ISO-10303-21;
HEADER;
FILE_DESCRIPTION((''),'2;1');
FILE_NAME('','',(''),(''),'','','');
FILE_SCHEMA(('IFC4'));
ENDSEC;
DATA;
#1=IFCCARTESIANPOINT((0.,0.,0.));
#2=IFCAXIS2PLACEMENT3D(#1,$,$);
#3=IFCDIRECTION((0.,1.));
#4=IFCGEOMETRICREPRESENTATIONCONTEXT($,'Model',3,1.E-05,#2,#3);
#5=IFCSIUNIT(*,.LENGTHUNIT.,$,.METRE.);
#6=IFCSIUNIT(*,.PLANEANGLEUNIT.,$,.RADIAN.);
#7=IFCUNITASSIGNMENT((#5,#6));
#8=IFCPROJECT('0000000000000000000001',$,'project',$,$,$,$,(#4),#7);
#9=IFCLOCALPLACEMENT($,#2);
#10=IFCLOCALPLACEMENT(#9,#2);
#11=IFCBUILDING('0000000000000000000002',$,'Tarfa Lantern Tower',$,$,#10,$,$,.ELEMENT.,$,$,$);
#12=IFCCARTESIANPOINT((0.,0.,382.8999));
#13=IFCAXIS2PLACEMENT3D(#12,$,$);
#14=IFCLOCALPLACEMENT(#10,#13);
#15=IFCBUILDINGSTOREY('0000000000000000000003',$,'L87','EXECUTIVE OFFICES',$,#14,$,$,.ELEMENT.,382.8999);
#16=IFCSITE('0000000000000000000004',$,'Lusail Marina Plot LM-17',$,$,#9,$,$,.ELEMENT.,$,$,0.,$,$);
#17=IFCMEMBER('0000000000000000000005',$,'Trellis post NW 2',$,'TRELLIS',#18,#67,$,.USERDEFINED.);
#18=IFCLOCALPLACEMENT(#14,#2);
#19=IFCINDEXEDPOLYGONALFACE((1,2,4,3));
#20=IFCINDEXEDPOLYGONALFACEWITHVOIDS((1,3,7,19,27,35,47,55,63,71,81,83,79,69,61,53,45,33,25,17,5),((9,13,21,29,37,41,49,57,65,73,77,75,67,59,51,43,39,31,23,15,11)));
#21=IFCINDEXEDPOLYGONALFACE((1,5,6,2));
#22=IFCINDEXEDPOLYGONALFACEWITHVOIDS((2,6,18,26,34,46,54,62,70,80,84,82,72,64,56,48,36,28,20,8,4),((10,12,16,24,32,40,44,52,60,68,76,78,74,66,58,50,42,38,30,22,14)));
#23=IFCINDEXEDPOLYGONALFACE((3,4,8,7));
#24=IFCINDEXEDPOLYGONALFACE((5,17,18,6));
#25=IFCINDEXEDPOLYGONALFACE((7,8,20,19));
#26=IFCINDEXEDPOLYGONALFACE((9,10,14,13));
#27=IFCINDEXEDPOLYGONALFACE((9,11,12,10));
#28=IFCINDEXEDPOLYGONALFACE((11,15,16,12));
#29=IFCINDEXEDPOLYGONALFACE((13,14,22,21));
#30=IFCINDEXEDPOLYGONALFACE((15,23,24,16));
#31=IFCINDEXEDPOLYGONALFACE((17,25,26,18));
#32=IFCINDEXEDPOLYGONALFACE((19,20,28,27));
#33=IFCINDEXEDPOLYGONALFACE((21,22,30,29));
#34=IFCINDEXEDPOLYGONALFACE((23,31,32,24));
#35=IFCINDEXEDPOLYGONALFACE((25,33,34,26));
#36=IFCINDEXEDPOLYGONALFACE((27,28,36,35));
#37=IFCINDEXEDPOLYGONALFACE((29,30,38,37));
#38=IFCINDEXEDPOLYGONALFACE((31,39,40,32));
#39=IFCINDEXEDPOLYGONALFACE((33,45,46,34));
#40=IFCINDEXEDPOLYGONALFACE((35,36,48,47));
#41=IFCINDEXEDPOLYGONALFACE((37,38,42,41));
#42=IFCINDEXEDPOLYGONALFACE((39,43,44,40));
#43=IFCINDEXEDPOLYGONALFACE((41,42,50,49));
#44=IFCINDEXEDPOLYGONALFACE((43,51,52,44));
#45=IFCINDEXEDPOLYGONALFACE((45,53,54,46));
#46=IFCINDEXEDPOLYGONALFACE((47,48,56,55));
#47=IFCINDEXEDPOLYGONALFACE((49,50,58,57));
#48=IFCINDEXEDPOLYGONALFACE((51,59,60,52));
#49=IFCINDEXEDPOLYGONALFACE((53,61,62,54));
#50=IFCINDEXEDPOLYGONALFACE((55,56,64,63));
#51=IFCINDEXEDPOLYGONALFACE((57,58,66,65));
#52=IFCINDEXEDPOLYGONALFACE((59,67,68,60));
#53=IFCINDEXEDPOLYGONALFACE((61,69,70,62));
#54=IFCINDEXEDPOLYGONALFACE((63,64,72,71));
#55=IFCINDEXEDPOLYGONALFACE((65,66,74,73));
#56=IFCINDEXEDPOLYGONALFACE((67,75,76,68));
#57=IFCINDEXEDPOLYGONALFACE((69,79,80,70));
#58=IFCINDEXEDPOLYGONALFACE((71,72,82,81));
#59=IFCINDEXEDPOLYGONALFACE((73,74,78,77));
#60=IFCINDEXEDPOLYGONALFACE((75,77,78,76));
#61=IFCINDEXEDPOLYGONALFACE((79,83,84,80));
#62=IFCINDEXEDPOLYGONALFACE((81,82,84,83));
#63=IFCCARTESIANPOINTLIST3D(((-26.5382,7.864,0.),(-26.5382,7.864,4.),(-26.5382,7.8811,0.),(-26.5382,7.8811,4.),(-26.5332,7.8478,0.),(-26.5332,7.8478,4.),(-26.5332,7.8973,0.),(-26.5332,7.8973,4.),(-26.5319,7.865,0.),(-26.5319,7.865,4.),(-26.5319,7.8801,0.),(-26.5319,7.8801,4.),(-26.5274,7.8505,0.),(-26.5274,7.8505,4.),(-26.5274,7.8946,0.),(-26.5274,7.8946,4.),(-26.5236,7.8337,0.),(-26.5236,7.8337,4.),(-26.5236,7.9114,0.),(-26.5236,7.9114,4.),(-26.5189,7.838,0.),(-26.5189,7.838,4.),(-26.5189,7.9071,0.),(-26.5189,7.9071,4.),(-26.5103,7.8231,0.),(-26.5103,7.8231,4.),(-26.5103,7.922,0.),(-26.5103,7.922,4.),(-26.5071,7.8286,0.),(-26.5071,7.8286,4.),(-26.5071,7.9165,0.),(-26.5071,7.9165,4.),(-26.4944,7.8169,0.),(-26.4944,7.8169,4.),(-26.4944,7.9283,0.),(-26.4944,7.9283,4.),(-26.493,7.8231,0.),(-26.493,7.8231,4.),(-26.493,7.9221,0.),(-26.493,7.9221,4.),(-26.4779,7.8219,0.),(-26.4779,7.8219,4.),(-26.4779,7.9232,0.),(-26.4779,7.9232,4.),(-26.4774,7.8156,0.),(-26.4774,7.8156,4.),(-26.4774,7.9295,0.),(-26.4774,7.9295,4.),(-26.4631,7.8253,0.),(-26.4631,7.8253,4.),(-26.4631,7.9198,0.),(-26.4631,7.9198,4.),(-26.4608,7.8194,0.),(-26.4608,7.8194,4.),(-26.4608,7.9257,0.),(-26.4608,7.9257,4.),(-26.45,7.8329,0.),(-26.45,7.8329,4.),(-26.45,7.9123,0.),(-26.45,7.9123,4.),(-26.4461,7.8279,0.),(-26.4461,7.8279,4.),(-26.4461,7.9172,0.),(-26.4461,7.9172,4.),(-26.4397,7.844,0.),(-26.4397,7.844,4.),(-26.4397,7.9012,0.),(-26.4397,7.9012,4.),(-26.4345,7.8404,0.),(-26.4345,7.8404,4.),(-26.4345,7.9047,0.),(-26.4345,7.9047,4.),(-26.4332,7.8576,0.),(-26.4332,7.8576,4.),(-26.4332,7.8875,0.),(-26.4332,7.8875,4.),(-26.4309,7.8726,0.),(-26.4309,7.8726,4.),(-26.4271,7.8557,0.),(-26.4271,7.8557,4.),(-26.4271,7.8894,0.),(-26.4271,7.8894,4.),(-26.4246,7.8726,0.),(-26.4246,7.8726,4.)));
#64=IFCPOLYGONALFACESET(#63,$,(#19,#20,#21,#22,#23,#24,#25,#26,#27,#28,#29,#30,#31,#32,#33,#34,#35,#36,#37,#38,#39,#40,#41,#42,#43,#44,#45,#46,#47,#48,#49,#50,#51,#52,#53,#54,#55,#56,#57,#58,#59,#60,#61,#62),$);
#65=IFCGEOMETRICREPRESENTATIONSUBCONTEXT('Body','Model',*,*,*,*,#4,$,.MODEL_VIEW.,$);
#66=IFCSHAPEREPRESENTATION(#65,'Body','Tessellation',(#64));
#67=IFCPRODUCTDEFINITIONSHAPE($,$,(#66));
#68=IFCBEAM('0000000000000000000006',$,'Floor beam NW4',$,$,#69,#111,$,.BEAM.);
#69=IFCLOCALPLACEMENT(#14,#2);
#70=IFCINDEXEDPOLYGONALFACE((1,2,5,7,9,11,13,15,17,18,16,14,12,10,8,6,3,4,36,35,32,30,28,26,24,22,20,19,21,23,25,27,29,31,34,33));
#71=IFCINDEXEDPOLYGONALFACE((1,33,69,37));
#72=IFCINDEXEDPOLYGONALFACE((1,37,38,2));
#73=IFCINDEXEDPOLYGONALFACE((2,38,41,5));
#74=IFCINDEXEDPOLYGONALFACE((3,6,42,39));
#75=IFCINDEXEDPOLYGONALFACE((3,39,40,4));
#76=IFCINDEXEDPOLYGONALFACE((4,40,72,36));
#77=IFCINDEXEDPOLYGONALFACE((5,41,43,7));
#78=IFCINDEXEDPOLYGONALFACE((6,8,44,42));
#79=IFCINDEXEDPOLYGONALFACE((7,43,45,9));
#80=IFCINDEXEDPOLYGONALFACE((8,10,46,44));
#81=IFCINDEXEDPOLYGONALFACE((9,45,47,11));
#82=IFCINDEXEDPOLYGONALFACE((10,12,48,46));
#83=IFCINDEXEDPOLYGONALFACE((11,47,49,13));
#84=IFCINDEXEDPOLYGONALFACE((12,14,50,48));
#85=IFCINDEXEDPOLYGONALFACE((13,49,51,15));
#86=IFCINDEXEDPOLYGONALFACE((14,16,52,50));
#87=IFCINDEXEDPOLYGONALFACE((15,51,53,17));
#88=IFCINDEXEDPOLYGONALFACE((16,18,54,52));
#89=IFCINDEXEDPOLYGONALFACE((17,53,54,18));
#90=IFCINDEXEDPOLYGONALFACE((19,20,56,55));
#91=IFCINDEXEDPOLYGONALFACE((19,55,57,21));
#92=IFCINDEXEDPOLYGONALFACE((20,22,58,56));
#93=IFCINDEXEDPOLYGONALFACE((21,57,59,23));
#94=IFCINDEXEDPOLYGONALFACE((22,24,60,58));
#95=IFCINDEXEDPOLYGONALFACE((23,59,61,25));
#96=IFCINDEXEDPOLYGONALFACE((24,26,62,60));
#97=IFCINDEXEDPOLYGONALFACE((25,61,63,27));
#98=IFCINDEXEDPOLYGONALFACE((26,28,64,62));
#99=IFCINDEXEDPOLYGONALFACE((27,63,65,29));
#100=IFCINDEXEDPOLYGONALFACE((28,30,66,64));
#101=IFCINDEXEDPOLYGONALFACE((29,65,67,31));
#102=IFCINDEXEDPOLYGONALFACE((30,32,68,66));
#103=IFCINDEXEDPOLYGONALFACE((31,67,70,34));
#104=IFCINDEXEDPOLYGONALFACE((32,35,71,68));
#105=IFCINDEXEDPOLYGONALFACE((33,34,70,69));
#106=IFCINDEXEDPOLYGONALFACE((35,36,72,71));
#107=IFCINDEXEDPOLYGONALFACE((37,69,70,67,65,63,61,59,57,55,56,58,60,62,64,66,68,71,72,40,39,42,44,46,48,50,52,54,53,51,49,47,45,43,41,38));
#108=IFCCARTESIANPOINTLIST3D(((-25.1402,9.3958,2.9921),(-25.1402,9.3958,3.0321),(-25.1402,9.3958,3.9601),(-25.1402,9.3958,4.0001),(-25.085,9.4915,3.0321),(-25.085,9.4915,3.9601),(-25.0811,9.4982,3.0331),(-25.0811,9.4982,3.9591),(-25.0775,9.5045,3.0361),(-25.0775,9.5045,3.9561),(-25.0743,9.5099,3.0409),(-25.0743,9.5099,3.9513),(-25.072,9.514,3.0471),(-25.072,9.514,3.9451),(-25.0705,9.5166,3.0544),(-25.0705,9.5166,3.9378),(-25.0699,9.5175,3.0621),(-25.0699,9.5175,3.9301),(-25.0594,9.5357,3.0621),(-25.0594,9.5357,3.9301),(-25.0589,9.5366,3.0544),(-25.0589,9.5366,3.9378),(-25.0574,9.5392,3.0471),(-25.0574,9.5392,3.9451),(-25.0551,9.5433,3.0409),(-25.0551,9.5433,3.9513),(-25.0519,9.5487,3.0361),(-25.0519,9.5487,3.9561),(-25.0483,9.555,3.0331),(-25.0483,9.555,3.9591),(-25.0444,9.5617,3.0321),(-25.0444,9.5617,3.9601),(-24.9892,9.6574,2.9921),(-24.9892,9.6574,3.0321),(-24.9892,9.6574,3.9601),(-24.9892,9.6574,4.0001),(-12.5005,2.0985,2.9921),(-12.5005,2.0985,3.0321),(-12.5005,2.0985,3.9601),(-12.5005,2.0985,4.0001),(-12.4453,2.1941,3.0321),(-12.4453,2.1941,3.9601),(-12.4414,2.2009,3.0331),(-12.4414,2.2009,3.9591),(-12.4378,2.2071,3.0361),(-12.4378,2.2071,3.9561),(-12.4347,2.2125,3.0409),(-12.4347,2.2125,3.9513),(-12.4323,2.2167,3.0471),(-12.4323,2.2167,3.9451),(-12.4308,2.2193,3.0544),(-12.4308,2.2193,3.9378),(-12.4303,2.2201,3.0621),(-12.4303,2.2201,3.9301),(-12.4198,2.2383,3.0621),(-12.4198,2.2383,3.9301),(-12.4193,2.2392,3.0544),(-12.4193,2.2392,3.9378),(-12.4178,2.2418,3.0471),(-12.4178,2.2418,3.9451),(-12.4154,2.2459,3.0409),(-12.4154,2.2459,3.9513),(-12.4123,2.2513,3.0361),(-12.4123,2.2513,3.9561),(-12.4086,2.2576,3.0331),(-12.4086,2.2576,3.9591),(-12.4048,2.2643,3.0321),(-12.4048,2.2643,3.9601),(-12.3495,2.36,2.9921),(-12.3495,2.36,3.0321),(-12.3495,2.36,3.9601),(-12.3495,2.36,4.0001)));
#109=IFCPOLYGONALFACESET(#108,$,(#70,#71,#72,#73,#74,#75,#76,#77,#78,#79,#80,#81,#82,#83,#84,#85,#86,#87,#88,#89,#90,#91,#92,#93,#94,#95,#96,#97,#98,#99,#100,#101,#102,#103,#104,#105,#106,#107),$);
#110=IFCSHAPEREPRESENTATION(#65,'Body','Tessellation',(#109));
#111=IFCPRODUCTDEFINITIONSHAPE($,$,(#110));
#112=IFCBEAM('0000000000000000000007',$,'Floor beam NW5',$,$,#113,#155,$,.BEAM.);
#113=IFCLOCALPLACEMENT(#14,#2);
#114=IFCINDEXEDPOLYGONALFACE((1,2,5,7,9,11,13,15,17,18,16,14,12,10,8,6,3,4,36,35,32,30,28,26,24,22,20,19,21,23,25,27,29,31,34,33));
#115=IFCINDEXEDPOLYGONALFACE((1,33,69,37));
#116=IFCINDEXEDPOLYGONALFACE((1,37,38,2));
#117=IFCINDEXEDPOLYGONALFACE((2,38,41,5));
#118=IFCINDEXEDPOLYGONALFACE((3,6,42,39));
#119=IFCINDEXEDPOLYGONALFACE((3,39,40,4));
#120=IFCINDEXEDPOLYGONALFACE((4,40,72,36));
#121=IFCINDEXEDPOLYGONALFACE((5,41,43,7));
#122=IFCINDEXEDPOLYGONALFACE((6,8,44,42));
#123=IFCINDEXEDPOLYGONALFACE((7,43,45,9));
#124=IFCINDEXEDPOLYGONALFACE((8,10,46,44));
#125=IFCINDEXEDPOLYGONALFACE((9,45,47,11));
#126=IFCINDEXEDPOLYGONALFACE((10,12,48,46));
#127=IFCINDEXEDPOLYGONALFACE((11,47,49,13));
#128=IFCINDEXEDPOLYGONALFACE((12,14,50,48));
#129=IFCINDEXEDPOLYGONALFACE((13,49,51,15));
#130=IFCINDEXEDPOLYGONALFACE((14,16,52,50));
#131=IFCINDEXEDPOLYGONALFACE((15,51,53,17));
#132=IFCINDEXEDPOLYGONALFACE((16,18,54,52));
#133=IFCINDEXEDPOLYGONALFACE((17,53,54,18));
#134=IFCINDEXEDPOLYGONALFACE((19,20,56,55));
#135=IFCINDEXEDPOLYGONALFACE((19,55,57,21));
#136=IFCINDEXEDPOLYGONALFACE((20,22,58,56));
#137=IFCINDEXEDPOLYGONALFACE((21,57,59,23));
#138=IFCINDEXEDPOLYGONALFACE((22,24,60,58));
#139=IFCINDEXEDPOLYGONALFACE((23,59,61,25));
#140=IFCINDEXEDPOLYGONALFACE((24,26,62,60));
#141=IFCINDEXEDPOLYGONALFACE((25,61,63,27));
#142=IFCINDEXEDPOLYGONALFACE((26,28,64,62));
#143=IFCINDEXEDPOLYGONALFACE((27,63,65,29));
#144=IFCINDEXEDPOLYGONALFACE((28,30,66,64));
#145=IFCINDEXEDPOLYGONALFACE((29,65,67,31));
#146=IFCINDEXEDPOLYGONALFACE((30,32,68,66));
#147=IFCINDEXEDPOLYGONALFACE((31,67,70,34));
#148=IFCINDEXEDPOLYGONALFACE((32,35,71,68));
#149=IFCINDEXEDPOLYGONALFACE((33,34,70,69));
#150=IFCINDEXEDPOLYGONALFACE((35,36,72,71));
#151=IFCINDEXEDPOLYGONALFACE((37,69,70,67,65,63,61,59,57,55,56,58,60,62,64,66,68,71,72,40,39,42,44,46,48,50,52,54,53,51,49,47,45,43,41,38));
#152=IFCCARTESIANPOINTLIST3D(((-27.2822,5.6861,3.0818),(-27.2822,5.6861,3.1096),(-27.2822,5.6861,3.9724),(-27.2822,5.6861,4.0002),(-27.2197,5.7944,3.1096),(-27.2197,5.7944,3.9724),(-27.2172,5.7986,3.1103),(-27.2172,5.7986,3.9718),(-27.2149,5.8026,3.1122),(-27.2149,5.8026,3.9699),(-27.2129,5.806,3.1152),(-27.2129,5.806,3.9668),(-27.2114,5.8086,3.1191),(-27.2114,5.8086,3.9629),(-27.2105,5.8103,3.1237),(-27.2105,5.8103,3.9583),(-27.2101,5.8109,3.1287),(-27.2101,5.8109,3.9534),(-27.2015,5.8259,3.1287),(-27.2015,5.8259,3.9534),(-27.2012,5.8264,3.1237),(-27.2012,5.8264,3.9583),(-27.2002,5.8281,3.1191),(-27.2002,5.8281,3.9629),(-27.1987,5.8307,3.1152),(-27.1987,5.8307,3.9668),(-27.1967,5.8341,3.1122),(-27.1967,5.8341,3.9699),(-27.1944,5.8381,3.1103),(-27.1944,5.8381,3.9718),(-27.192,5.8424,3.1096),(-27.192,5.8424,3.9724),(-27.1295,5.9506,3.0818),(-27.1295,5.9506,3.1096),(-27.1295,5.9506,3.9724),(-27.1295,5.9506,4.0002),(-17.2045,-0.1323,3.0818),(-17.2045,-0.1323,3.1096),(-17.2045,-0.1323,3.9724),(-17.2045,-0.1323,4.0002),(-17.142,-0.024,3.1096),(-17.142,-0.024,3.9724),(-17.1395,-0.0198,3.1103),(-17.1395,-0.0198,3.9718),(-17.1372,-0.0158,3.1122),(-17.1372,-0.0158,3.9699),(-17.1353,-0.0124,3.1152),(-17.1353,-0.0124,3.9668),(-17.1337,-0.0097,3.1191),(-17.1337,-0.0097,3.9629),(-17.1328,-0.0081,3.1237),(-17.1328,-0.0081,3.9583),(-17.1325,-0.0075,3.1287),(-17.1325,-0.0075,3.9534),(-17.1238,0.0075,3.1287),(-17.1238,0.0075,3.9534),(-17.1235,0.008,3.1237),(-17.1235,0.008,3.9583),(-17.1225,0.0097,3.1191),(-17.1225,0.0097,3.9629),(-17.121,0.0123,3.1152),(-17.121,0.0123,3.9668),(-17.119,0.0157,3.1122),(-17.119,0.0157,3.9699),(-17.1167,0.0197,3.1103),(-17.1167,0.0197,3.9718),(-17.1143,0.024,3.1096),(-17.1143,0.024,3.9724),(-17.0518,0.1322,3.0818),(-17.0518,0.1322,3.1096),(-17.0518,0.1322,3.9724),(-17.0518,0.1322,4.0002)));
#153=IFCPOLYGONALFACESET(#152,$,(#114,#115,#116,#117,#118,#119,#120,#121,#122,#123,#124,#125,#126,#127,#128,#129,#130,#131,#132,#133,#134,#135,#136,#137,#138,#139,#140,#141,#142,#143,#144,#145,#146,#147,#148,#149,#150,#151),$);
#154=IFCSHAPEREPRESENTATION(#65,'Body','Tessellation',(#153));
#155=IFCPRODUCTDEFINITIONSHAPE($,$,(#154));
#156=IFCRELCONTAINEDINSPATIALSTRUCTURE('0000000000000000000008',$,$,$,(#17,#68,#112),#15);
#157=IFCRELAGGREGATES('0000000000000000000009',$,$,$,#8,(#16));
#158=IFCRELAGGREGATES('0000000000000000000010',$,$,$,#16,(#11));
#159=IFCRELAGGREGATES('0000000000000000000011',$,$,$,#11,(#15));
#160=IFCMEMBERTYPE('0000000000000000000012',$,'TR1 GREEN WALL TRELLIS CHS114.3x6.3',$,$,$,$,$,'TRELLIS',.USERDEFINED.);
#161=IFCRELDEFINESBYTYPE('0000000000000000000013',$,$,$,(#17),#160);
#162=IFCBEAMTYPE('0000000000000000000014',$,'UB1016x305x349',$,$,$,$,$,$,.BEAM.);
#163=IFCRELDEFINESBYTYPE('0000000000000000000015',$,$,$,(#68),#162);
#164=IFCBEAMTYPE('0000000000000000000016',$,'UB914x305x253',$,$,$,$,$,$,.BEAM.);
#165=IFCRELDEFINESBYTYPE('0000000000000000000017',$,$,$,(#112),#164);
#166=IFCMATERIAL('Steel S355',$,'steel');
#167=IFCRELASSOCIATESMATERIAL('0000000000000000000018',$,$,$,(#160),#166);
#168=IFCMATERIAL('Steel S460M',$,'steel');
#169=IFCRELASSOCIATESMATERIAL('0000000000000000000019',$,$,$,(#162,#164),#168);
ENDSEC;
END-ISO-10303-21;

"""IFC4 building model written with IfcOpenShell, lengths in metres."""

from ifc_helpers import new_model, si_unit, direction, frame, origin, origin_2d, place, context, subcontext, project, spatial, hollow_circle, i_section, extrude, material, material_profile, profile_set, type_object, element, save


model = new_model("IFC4")

# Units and contexts
model_context = context("Model", 3, precision=1e-05, world=origin(), true_north=direction((0.0, 1.0)))
body_context = subcontext(model_context, "Body", "Model", "MODEL_VIEW")
ifc_project = project(units=[si_unit("LENGTHUNIT", "METRE"), si_unit("PLANEANGLEUNIT", "RADIAN")], contexts=[model_context])

# Site, building, storey
site_placement = place(None, origin())
site = spatial("IfcSite", under=ifc_project, at=site_placement, Name="Lusail Marina Plot LM-17", CompositionType="ELEMENT", RefElevation=0.0)
building_placement = place(site_placement, origin())
building = spatial("IfcBuilding", under=site, at=building_placement, Name="Tarfa Lantern Tower", CompositionType="ELEMENT")
storey_placement = place(building_placement, frame((0.0, 0.0, 382.8999)))
storey = spatial("IfcBuildingStorey", under=building, at=storey_placement, Name="L87", Description="EXECUTIVE OFFICES", CompositionType="ELEMENT", Elevation=382.8999)

# Member
ifc_material_1 = material(Name="Steel S355", Category="steel")
ifc_material_profile_1 = material_profile(ifc_material_1, hollow_circle(Radius=0.0571, WallThickness=0.0063, at=origin_2d()), Name="CHS114.3x6.3")
ifc_profile_set_1 = profile_set([ifc_material_profile_1], Name="Steel S355")
member_type_1 = type_object("IfcMemberType", Name="TR1 GREEN WALL TRELLIS CHS114.3x6.3", ElementType="TRELLIS", PredefinedType="USERDEFINED", material=ifc_profile_set_1)
member_1_placement = place(storey_placement, frame((-26.4817, 7.8726, 0.0), z_axis=(0.0, 0.0, 1.0), x_axis=(1.0, 0.0, 0.0)))
element("IfcMember", 1, at=member_1_placement, inside=storey, type_object=member_type_1, Name="Trellis post NW 2", ObjectType="TRELLIS", PredefinedType="USERDEFINED", context=body_context, shape_type="SweptSolid", body=[
    extrude(hollow_circle(Radius=0.0571, WallThickness=0.0063, at=origin_2d()), origin(), (0.0, 0.0, 1.0), 4.0),
])

# Beams
ifc_material_2 = material(Name="Steel S460M", Category="steel")
ifc_material_profile_2 = material_profile(ifc_material_2, i_section(OverallWidth=0.302, OverallDepth=1.0081, WebThickness=0.021, FlangeThickness=0.04, FilletRadius=0.03, at=origin_2d()), Name="UB1016x305x349")
ifc_profile_set_2 = profile_set([ifc_material_profile_2], Name="Steel S460M")
beam_type_1 = type_object("IfcBeamType", Name="UB1016x305x349", PredefinedType="BEAM", material=ifc_profile_set_2)
beam_1_placement = place(storey_placement, frame((-25.0647, 9.5266, 3.4961), z_axis=(0.86603, -0.499993, 0.0), x_axis=(0.499993, 0.86603, 0.0)))
element("IfcBeam", 2, at=beam_1_placement, inside=storey, type_object=beam_type_1, Name="Floor beam NW4", PredefinedType="BEAM", context=body_context, shape_type="SweptSolid", body=[
    extrude(i_section(OverallWidth=0.302, OverallDepth=1.0081, WebThickness=0.021, FlangeThickness=0.04, FilletRadius=0.03, at=origin_2d()), origin(), (0.0, 0.0, 1.0), 14.595),
])
ifc_material_profile_3 = material_profile(ifc_material_2, i_section(OverallWidth=0.3054, OverallDepth=0.9185, WebThickness=0.0173, FlangeThickness=0.0278, FilletRadius=0.019, at=origin_2d()), Name="UB914x305x253")
ifc_profile_set_3 = profile_set([ifc_material_profile_3], Name="Steel S460M")
beam_type_2 = type_object("IfcBeamType", Name="UB914x305x253", PredefinedType="BEAM", material=ifc_profile_set_3)
beam_2_placement = place(storey_placement, frame((-27.2058, 5.8184, 3.541), z_axis=(0.866024, -0.500002, 0.0), x_axis=(0.500002, 0.866024, 0.0)))
element("IfcBeam", 3, at=beam_2_placement, inside=storey, type_object=beam_type_2, Name="Floor beam NW5", PredefinedType="BEAM", context=body_context, shape_type="SweptSolid", body=[
    extrude(i_section(OverallWidth=0.3054, OverallDepth=0.9185, WebThickness=0.0173, FlangeThickness=0.0278, FilletRadius=0.019, at=origin_2d()), origin(), (0.0, 0.0, 1.0), 11.6367),
])

save(model, "model.ifc")
